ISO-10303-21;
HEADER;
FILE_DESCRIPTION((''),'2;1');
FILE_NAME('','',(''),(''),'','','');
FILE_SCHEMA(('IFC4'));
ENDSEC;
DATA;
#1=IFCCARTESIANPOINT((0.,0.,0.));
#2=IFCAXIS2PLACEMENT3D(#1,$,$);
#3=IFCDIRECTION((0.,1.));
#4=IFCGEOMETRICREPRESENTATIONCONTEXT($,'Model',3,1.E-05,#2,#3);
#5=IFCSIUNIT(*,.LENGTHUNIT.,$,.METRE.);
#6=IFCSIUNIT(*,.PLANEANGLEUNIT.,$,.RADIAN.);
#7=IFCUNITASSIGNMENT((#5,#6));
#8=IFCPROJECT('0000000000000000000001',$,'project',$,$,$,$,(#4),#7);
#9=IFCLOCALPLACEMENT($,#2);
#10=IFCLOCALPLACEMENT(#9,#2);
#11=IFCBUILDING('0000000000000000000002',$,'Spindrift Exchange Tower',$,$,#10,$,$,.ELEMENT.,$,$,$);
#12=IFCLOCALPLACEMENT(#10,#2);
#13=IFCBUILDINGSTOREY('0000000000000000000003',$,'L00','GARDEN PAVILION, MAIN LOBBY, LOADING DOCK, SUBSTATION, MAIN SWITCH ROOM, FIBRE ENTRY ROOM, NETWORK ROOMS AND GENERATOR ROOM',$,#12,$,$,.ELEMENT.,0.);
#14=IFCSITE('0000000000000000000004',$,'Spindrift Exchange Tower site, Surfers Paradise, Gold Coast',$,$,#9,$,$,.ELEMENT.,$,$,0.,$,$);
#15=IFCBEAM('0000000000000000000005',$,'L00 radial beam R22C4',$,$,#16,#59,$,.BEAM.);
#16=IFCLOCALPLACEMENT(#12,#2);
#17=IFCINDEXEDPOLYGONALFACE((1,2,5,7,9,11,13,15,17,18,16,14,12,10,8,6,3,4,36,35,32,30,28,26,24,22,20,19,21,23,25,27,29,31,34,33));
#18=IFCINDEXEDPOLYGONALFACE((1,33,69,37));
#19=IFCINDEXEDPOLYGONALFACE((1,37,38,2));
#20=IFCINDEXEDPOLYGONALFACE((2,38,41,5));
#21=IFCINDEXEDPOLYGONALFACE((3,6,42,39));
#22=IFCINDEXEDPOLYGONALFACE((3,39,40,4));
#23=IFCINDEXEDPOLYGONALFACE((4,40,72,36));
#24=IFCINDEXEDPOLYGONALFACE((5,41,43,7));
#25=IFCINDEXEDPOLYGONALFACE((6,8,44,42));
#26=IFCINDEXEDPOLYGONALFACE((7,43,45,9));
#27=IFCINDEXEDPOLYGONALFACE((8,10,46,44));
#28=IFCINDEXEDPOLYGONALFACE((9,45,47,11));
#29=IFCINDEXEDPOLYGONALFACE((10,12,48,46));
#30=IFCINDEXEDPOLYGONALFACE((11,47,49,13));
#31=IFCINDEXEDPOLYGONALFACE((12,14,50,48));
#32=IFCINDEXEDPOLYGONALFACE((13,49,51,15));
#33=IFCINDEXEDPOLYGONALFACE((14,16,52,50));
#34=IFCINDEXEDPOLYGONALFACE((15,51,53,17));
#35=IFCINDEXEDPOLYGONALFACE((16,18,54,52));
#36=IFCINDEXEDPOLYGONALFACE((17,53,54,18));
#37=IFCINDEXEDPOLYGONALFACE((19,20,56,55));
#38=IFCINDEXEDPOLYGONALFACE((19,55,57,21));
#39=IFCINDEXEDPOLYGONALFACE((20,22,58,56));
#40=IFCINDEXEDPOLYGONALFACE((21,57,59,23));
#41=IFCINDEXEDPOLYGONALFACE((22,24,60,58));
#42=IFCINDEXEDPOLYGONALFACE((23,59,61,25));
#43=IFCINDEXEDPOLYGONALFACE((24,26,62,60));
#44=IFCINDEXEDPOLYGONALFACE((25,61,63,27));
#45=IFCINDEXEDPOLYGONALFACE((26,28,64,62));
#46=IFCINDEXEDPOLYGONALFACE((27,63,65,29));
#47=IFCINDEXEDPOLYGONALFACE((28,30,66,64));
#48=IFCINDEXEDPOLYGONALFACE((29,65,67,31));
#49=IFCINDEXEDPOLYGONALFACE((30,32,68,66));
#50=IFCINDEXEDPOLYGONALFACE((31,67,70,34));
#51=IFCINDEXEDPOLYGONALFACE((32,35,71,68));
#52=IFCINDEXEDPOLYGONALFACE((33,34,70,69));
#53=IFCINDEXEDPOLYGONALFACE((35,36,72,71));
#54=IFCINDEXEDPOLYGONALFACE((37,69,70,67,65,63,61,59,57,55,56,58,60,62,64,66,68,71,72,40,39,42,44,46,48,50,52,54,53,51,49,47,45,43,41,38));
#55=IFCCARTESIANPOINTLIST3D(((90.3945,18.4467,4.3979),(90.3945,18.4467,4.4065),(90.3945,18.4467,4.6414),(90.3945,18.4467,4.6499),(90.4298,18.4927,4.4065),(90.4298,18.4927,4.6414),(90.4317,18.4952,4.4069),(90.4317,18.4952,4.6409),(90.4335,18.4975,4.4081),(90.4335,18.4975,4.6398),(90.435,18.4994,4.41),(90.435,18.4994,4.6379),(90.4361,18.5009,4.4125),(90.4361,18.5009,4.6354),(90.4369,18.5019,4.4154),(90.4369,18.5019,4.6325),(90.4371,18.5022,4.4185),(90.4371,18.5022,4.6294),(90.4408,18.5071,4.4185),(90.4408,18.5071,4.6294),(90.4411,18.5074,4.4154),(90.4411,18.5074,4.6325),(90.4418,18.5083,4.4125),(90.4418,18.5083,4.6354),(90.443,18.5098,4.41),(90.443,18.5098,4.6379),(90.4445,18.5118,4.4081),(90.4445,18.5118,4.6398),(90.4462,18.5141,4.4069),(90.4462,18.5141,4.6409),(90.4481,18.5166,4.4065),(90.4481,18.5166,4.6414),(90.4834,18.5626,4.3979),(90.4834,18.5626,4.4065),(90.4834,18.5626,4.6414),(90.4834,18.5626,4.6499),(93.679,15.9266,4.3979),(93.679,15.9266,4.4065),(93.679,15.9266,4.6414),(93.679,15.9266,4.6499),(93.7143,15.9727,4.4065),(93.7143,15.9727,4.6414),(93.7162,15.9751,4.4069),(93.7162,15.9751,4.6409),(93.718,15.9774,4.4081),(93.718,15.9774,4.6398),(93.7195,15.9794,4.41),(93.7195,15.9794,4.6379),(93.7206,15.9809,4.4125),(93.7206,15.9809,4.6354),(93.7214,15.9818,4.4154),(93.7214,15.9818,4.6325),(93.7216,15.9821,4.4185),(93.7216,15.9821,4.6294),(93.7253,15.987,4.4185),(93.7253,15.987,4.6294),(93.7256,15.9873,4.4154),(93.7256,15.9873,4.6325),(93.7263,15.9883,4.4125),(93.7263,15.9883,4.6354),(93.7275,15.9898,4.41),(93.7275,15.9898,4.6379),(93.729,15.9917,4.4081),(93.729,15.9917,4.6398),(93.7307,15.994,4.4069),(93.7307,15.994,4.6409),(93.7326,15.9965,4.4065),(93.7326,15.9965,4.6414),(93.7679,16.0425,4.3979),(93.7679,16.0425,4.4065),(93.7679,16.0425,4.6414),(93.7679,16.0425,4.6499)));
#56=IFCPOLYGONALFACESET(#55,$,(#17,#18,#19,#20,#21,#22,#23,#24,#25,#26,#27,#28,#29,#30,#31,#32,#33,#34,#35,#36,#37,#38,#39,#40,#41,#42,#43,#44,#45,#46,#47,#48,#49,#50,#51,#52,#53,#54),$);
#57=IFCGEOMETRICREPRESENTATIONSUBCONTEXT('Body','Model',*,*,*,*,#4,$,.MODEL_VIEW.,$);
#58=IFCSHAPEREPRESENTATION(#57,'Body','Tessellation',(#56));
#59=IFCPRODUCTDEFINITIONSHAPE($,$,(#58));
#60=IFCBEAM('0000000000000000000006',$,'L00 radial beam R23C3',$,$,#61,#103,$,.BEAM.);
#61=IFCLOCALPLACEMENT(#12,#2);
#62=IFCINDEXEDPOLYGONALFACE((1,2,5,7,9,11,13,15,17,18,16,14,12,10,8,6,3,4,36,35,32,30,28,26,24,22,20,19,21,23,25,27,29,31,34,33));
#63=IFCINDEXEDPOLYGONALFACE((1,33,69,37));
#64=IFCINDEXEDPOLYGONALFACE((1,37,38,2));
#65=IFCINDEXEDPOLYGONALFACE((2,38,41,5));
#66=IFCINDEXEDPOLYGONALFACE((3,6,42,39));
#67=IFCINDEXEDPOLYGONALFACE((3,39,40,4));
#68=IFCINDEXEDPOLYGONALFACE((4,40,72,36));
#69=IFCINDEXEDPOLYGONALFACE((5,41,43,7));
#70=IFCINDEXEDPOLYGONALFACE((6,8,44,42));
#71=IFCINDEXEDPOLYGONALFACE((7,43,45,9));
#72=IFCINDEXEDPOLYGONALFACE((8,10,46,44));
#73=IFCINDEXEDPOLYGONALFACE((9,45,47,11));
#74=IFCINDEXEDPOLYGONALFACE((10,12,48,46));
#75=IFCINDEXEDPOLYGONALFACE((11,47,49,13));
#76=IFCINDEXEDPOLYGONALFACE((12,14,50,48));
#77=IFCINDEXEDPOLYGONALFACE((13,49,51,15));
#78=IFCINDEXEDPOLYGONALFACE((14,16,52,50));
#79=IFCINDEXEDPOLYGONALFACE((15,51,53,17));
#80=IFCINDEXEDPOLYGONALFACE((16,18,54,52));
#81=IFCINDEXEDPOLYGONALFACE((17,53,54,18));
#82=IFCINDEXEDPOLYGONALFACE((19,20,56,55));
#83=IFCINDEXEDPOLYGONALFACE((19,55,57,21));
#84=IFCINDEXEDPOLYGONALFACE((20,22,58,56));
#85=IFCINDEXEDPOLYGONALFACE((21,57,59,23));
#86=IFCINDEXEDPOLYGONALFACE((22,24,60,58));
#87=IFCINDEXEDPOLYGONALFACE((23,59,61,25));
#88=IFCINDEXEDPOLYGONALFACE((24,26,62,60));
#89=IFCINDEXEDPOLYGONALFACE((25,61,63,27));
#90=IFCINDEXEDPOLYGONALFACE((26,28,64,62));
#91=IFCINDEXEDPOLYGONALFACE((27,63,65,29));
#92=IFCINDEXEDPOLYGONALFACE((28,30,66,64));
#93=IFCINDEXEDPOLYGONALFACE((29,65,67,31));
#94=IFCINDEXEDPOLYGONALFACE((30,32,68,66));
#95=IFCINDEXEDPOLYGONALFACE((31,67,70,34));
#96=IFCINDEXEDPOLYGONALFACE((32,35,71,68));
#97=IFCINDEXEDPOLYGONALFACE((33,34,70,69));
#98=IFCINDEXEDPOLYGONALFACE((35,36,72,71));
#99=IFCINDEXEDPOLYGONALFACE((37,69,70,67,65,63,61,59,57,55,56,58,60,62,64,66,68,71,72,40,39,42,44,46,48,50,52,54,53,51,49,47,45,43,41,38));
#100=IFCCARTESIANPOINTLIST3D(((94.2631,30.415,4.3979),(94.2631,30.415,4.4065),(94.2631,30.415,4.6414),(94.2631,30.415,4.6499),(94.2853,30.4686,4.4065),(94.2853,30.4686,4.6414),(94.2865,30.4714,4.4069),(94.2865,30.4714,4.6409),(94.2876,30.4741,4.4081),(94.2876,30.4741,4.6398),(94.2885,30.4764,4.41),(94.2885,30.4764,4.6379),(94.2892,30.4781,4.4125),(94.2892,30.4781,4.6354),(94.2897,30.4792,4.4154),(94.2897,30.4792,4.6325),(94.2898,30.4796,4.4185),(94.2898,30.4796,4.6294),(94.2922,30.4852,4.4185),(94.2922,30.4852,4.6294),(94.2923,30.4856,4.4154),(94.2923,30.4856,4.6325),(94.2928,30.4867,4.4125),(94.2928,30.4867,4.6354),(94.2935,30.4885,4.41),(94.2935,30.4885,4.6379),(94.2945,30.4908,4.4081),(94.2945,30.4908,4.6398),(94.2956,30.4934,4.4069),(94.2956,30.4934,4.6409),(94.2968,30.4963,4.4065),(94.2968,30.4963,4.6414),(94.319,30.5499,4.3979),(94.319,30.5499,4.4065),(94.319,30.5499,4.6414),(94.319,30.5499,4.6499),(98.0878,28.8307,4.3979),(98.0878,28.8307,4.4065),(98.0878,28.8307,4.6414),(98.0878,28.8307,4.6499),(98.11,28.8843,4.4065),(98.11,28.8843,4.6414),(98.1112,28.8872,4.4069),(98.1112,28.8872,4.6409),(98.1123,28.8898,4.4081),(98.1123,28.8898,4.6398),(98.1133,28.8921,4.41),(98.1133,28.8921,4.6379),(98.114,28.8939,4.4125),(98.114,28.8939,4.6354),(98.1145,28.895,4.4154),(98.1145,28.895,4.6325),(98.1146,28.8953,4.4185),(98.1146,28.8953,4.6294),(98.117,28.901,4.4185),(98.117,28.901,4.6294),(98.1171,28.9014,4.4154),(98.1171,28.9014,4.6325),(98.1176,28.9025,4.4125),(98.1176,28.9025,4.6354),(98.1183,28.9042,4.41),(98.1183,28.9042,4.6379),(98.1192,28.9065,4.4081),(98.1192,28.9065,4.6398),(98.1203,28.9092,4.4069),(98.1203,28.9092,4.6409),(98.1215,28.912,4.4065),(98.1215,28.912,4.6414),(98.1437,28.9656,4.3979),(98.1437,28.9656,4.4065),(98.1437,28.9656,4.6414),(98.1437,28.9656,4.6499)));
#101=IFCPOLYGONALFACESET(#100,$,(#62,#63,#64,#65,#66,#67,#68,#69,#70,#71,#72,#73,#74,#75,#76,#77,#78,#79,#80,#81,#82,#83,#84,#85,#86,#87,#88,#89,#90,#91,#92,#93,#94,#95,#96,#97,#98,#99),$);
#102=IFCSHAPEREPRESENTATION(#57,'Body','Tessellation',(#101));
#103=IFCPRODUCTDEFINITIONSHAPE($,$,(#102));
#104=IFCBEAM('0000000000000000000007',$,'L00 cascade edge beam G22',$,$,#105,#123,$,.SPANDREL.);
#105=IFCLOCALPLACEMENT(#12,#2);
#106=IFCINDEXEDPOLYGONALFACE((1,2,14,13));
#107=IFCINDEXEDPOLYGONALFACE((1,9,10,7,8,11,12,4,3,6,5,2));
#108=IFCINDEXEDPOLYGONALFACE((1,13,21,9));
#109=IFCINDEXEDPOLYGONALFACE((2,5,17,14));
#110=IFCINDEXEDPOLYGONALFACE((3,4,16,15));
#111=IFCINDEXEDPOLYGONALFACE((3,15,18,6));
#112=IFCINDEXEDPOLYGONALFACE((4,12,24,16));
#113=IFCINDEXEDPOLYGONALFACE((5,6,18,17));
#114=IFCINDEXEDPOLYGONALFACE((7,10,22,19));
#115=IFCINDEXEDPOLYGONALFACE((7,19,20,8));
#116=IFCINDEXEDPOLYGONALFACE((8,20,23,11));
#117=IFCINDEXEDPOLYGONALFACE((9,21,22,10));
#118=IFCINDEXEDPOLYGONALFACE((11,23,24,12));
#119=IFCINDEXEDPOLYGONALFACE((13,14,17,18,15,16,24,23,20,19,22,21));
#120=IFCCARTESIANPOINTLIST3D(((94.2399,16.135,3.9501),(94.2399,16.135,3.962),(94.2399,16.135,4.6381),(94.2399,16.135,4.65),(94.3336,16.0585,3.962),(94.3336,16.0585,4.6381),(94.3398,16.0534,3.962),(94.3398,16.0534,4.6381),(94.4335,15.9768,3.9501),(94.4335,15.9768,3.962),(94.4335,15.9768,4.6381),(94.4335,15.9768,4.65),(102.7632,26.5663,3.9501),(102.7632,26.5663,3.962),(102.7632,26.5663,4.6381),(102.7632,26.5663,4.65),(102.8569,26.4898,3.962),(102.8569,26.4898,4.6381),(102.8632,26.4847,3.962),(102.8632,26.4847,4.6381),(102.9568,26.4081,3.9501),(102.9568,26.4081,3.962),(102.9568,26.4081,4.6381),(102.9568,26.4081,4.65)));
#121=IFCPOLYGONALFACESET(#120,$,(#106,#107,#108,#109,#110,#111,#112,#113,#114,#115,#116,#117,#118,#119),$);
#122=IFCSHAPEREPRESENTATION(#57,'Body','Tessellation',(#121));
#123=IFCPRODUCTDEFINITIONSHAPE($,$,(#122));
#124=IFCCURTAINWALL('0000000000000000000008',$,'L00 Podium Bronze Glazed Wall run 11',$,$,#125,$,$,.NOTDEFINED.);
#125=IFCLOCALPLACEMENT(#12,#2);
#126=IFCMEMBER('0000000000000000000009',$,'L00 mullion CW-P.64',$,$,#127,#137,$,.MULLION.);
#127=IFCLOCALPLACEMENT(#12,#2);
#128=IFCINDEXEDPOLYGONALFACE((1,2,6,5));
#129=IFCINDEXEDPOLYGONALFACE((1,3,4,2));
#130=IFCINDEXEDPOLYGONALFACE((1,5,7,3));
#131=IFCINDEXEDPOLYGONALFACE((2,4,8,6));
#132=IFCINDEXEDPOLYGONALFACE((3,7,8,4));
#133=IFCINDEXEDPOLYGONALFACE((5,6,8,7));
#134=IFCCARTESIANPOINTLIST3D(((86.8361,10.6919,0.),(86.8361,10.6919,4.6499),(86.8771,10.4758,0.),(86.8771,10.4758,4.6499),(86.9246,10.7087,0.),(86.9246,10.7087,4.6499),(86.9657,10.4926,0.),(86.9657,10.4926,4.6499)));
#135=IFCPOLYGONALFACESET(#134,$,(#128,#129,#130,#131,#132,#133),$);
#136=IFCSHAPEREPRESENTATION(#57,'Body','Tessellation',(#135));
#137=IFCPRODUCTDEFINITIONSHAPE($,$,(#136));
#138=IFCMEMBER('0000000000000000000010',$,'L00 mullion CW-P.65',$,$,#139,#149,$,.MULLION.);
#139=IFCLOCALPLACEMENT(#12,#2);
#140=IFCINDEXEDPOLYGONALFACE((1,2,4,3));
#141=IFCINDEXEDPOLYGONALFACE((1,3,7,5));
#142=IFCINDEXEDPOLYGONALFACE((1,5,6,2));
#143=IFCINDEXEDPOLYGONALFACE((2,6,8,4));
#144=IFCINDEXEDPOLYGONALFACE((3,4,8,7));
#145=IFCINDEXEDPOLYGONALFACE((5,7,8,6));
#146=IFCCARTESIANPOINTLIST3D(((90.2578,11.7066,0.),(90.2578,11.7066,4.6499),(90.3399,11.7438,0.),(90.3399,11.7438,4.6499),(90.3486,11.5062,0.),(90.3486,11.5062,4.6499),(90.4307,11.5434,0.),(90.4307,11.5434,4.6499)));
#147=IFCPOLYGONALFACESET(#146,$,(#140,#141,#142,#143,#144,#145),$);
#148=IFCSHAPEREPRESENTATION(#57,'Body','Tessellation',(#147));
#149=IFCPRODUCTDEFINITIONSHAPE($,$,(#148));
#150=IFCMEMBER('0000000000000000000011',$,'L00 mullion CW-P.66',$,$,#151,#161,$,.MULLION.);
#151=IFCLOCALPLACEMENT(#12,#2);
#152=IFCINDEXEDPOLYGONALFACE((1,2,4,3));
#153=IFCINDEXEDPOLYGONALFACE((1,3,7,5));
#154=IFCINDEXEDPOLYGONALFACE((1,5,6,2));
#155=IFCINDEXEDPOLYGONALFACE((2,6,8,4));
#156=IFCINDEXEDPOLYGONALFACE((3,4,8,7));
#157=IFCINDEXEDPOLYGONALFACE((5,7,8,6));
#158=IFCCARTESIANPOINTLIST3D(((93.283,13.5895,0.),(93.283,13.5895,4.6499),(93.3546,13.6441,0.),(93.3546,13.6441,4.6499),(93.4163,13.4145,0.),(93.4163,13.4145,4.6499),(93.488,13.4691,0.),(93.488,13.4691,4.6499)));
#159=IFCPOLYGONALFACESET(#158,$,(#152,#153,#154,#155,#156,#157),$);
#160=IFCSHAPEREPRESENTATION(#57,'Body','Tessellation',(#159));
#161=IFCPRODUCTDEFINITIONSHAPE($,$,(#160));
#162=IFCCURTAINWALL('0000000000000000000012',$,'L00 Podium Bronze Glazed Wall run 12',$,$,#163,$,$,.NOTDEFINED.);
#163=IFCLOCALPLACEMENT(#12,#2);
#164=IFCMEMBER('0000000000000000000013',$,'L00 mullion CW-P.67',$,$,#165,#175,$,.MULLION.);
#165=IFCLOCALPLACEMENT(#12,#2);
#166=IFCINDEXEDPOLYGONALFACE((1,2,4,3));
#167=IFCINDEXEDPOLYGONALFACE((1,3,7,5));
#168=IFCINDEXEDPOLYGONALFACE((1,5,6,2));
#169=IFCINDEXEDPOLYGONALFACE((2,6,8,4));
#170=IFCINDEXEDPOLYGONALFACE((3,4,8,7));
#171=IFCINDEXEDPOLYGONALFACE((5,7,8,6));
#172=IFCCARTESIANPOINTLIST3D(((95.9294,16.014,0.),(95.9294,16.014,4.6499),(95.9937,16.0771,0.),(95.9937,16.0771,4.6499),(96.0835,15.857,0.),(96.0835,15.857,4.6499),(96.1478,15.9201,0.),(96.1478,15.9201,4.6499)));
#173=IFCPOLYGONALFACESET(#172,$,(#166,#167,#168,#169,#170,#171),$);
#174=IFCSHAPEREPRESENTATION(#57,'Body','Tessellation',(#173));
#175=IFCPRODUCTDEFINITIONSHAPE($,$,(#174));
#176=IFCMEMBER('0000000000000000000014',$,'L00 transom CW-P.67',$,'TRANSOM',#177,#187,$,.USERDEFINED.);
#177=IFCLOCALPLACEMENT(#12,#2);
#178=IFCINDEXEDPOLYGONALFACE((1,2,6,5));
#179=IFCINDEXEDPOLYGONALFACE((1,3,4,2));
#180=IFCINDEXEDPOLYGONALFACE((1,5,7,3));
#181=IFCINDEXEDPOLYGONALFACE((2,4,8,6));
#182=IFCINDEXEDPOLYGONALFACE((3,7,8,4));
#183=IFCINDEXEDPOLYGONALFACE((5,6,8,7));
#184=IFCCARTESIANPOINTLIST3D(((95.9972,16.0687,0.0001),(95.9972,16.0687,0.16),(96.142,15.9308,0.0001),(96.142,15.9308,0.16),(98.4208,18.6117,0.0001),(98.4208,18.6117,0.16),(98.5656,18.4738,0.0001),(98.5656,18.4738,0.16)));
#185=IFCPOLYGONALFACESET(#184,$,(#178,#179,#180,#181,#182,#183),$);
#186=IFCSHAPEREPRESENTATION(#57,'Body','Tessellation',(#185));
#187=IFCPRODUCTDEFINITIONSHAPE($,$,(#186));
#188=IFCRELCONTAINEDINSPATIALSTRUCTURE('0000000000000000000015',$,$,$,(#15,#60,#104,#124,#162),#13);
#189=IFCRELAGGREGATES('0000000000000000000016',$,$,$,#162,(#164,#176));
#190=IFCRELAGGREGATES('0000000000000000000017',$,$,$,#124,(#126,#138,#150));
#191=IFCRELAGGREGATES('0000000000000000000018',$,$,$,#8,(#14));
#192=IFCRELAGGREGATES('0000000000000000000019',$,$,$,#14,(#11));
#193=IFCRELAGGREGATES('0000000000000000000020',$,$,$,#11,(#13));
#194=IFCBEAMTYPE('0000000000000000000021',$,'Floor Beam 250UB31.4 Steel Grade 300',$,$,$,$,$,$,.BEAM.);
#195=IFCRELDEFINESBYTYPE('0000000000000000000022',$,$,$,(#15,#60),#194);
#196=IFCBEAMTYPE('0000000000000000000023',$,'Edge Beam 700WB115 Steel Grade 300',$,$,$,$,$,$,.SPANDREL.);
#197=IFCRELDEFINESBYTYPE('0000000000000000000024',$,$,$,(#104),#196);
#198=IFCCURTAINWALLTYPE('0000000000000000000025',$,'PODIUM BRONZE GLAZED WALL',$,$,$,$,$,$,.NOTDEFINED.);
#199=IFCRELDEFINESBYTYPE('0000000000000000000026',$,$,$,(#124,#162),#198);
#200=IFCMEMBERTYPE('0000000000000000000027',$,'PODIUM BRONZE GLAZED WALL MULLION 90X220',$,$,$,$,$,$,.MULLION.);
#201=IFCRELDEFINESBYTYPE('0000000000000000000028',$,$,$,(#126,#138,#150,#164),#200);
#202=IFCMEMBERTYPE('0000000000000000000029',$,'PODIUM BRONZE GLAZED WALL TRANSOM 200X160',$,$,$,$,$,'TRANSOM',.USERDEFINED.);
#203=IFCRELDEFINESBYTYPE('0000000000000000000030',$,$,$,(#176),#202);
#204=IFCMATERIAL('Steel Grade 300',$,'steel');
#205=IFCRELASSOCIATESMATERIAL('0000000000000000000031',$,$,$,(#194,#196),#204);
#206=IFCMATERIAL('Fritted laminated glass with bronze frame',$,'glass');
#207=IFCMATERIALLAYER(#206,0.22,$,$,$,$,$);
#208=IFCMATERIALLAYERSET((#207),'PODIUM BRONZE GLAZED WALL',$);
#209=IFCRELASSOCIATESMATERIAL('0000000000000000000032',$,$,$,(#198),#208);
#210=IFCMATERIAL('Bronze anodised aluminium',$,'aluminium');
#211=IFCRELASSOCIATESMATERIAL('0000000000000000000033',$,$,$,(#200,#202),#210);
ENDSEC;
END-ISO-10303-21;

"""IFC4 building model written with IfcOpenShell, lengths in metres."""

from ifc_helpers import new_model, si_unit, direction, frame, origin, origin_2d, place, context, subcontext, project, spatial, rectangle, i_section, extrude, source, transform, mapped, material, layer, layer_set, material_profile, profile_set, type_object, element, aggregate, save


model = new_model("IFC4")

# Units and contexts
model_context = context("Model", 3, precision=1e-05, world=origin(), true_north=direction((0.0, 1.0)))
body_context = subcontext(model_context, "Body", "Model", "MODEL_VIEW")
ifc_project = project(units=[si_unit("LENGTHUNIT", "METRE"), si_unit("PLANEANGLEUNIT", "RADIAN")], contexts=[model_context])

# Site, building, storey
site_placement = place(None, origin())
site = spatial("IfcSite", under=ifc_project, at=site_placement, Name="Spindrift Exchange Tower site, Surfers Paradise, Gold Coast", CompositionType="ELEMENT", RefElevation=0.0)
building_placement = place(site_placement, origin())
building = spatial("IfcBuilding", under=site, at=building_placement, Name="Spindrift Exchange Tower", CompositionType="ELEMENT")
storey_placement = place(building_placement, origin())
storey = spatial("IfcBuildingStorey", under=building, at=storey_placement, Name="L00", Description="GARDEN PAVILION, MAIN LOBBY, LOADING DOCK, SUBSTATION, MAIN SWITCH ROOM, FIBRE ENTRY ROOM, NETWORK ROOMS AND GENERATOR ROOM", CompositionType="ELEMENT", Elevation=0.0)

# Beams
ifc_material_1 = material(Name="Steel Grade 300", Category="steel")
ifc_material_profile_1 = material_profile(ifc_material_1, i_section(OverallWidth=0.146, OverallDepth=0.252, WebThickness=0.0061, FlangeThickness=0.0085, FilletRadius=0.012, at=origin_2d()), Name="250UB31.4")
ifc_profile_set_1 = profile_set([ifc_material_profile_1], Name="Steel Grade 300")
beam_type_1 = type_object("IfcBeamType", Name="Floor Beam 250UB31.4 Steel Grade 300", PredefinedType="BEAM", material=ifc_profile_set_1)
shared_shape_1 = source(origin(), body_context, "Body", "SweptSolid", [
    extrude(i_section(OverallWidth=0.146, OverallDepth=0.252, WebThickness=0.0061, FlangeThickness=0.0085, FilletRadius=0.012, at=origin_2d()), origin(), (0.0, 0.0, 1.0), 4.1399),
])
for number, where, z_axis, x_axis, name in (
    (1, (90.439, 18.5046, 4.5239), (0.793378, -0.60873, 0.0), (0.60873, 0.793378, 0.0), "L00 radial beam R22C4"),
    (2, (94.291, 30.4824, 4.5239), (0.923881, -0.38268, 0.0), (0.38268, 0.923881, 0.0), "L00 radial beam R23C3"),
):
    element("IfcBeam", number, at=place(storey_placement, frame(where, z_axis=z_axis, x_axis=x_axis)), inside=storey, type_object=beam_type_1, Name=name, PredefinedType="BEAM", context=body_context, shape_type="MappedRepresentation", body=[
        mapped(shared_shape_1, transform((0.0, 0.0, 0.0), scale=1.0)),
    ])
ifc_material_profile_2 = material_profile(ifc_material_1, i_section(OverallWidth=0.25, OverallDepth=0.7, WebThickness=0.0081, FlangeThickness=0.012, at=origin_2d()), Name="700WB115")
ifc_profile_set_2 = profile_set([ifc_material_profile_2], Name="Steel Grade 300")
beam_type_2 = type_object("IfcBeamType", Name="Edge Beam 700WB115 Steel Grade 300", PredefinedType="SPANDREL", material=ifc_profile_set_2)
shared_shape_2 = source(origin(), body_context, "Body", "SweptSolid", [
    extrude(i_section(OverallWidth=0.25, OverallDepth=0.7, WebThickness=0.0081, FlangeThickness=0.012, at=origin_2d()), origin(), (0.0, 0.0, 1.0), 13.4707),
])
beam_1_placement = place(storey_placement, frame((94.3367, 16.0559, 4.3), z_axis=(0.632733, 0.77437, 0.0), x_axis=(-0.77437, 0.632733, 0.0)))
element("IfcBeam", 3, at=beam_1_placement, inside=storey, type_object=beam_type_2, Name="L00 cascade edge beam G22", PredefinedType="SPANDREL", context=body_context, shape_type="MappedRepresentation", body=[
    mapped(shared_shape_2, transform((0.0, 0.0, 0.0), scale=1.0)),
])

# Curtain walls, members
ifc_material_2 = material(Name="Fritted laminated glass with bronze frame", Category="glass")
ifc_layer_1 = layer(ifc_material_2, 0.22)
ifc_layer_set_1 = layer_set([ifc_layer_1], Name="PODIUM BRONZE GLAZED WALL")
curtain_wall_type = type_object("IfcCurtainWallType", Name="PODIUM BRONZE GLAZED WALL", PredefinedType="NOTDEFINED", material=ifc_layer_set_1)
curtain_wall_1_placement = place(storey_placement, origin())
curtain_wall_1 = element("IfcCurtainWall", 4, at=curtain_wall_1_placement, inside=storey, type_object=curtain_wall_type, Name="L00 Podium Bronze Glazed Wall run 11", PredefinedType="NOTDEFINED")
ifc_material_3 = material(Name="Bronze anodised aluminium", Category="aluminium")
ifc_material_profile_3 = material_profile(ifc_material_3, rectangle(XDim=0.0901, YDim=0.22, at=origin_2d()), Name="PODIUM BRONZE GLAZED WALL MULLION 90X220")
ifc_profile_set_3 = profile_set([ifc_material_profile_3], Name="Bronze anodised aluminium")
member_type_1 = type_object("IfcMemberType", Name="PODIUM BRONZE GLAZED WALL MULLION 90X220", PredefinedType="MULLION", material=ifc_profile_set_3)
shared_shape_3 = source(origin(), body_context, "Body", "SweptSolid", [
    extrude(rectangle(XDim=0.0901, YDim=0.22, at=origin_2d()), origin(), (0.0, 0.0, 1.0), 4.6499),
])
member_1_placement = place(storey_placement, frame((86.9009, 10.5923, 0.0), z_axis=(0.0, 0.0, 1.0), x_axis=(0.982442, 0.186571, 0.0)))
member_1 = element("IfcMember", 5, at=member_1_placement, type_object=member_type_1, Name="L00 mullion CW-P.64", PredefinedType="MULLION", context=body_context, shape_type="MappedRepresentation", body=[
    mapped(shared_shape_3, transform((0.0, 0.0, 0.0), scale=1.0)),
])
member_2_placement = place(storey_placement, frame((90.3442, 11.625, 0.0), z_axis=(0.0, 0.0, 1.0), x_axis=(0.910887, 0.412657, 0.0)))
member_2 = element("IfcMember", 6, at=member_2_placement, type_object=member_type_1, Name="L00 mullion CW-P.65", PredefinedType="MULLION", context=body_context, shape_type="MappedRepresentation", body=[
    mapped(shared_shape_3, transform((0.0, 0.0, 0.0), scale=1.0)),
])
member_3_placement = place(storey_placement, frame((93.3855, 13.5293, 0.0), z_axis=(0.0, 0.0, 1.0), x_axis=(0.795304, 0.606211, 0.0)))
member_3 = element("IfcMember", 7, at=member_3_placement, type_object=member_type_1, Name="L00 mullion CW-P.66", PredefinedType="MULLION", context=body_context, shape_type="MappedRepresentation", body=[
    mapped(shared_shape_3, transform((0.0, 0.0, 0.0), scale=1.0)),
])
curtain_wall_2_placement = place(storey_placement, origin())
curtain_wall_2 = element("IfcCurtainWall", 8, at=curtain_wall_2_placement, inside=storey, type_object=curtain_wall_type, Name="L00 Podium Bronze Glazed Wall run 12", PredefinedType="NOTDEFINED")
member_4_placement = place(storey_placement, frame((96.0386, 15.967, 0.0), z_axis=(0.0, 0.0, 1.0), x_axis=(0.713506, 0.700649, 0.0)))
member_4 = element("IfcMember", 9, at=member_4_placement, type_object=member_type_1, Name="L00 mullion CW-P.67", PredefinedType="MULLION", context=body_context, shape_type="MappedRepresentation", body=[
    mapped(shared_shape_3, transform((0.0, 0.0, 0.0), scale=1.0)),
])
ifc_material_profile_4 = material_profile(ifc_material_3, rectangle(XDim=0.2, YDim=0.1599, at=origin_2d()), Name="PODIUM BRONZE GLAZED WALL TRANSOM 200X160")
ifc_profile_set_4 = profile_set([ifc_material_profile_4], Name="Bronze anodised aluminium")
member_type_2 = type_object("IfcMemberType", Name="PODIUM BRONZE GLAZED WALL TRANSOM 200X160", ElementType="TRANSOM", PredefinedType="USERDEFINED", material=ifc_profile_set_4)
shared_shape_4 = source(origin(), body_context, "Body", "SweptSolid", [
    extrude(rectangle(XDim=0.2, YDim=0.1599, at=origin_2d()), origin(), (0.0, 0.0, 1.0), 3.5129),
])
member_5_placement = place(storey_placement, frame((96.0696, 15.9998, 0.0801), z_axis=(0.68991, 0.723895, 0.0), x_axis=(-0.723895, 0.68991, 0.0)))
member_5 = element("IfcMember", 10, at=member_5_placement, type_object=member_type_2, Name="L00 transom CW-P.67", ObjectType="TRANSOM", PredefinedType="USERDEFINED", context=body_context, shape_type="MappedRepresentation", body=[
    mapped(shared_shape_4, transform((0.0, 0.0, 0.0), scale=1.0)),
])

aggregate(curtain_wall_2, [member_4, member_5])
aggregate(curtain_wall_1, [member_1, member_2, member_3])

save(model, "model.ifc")
